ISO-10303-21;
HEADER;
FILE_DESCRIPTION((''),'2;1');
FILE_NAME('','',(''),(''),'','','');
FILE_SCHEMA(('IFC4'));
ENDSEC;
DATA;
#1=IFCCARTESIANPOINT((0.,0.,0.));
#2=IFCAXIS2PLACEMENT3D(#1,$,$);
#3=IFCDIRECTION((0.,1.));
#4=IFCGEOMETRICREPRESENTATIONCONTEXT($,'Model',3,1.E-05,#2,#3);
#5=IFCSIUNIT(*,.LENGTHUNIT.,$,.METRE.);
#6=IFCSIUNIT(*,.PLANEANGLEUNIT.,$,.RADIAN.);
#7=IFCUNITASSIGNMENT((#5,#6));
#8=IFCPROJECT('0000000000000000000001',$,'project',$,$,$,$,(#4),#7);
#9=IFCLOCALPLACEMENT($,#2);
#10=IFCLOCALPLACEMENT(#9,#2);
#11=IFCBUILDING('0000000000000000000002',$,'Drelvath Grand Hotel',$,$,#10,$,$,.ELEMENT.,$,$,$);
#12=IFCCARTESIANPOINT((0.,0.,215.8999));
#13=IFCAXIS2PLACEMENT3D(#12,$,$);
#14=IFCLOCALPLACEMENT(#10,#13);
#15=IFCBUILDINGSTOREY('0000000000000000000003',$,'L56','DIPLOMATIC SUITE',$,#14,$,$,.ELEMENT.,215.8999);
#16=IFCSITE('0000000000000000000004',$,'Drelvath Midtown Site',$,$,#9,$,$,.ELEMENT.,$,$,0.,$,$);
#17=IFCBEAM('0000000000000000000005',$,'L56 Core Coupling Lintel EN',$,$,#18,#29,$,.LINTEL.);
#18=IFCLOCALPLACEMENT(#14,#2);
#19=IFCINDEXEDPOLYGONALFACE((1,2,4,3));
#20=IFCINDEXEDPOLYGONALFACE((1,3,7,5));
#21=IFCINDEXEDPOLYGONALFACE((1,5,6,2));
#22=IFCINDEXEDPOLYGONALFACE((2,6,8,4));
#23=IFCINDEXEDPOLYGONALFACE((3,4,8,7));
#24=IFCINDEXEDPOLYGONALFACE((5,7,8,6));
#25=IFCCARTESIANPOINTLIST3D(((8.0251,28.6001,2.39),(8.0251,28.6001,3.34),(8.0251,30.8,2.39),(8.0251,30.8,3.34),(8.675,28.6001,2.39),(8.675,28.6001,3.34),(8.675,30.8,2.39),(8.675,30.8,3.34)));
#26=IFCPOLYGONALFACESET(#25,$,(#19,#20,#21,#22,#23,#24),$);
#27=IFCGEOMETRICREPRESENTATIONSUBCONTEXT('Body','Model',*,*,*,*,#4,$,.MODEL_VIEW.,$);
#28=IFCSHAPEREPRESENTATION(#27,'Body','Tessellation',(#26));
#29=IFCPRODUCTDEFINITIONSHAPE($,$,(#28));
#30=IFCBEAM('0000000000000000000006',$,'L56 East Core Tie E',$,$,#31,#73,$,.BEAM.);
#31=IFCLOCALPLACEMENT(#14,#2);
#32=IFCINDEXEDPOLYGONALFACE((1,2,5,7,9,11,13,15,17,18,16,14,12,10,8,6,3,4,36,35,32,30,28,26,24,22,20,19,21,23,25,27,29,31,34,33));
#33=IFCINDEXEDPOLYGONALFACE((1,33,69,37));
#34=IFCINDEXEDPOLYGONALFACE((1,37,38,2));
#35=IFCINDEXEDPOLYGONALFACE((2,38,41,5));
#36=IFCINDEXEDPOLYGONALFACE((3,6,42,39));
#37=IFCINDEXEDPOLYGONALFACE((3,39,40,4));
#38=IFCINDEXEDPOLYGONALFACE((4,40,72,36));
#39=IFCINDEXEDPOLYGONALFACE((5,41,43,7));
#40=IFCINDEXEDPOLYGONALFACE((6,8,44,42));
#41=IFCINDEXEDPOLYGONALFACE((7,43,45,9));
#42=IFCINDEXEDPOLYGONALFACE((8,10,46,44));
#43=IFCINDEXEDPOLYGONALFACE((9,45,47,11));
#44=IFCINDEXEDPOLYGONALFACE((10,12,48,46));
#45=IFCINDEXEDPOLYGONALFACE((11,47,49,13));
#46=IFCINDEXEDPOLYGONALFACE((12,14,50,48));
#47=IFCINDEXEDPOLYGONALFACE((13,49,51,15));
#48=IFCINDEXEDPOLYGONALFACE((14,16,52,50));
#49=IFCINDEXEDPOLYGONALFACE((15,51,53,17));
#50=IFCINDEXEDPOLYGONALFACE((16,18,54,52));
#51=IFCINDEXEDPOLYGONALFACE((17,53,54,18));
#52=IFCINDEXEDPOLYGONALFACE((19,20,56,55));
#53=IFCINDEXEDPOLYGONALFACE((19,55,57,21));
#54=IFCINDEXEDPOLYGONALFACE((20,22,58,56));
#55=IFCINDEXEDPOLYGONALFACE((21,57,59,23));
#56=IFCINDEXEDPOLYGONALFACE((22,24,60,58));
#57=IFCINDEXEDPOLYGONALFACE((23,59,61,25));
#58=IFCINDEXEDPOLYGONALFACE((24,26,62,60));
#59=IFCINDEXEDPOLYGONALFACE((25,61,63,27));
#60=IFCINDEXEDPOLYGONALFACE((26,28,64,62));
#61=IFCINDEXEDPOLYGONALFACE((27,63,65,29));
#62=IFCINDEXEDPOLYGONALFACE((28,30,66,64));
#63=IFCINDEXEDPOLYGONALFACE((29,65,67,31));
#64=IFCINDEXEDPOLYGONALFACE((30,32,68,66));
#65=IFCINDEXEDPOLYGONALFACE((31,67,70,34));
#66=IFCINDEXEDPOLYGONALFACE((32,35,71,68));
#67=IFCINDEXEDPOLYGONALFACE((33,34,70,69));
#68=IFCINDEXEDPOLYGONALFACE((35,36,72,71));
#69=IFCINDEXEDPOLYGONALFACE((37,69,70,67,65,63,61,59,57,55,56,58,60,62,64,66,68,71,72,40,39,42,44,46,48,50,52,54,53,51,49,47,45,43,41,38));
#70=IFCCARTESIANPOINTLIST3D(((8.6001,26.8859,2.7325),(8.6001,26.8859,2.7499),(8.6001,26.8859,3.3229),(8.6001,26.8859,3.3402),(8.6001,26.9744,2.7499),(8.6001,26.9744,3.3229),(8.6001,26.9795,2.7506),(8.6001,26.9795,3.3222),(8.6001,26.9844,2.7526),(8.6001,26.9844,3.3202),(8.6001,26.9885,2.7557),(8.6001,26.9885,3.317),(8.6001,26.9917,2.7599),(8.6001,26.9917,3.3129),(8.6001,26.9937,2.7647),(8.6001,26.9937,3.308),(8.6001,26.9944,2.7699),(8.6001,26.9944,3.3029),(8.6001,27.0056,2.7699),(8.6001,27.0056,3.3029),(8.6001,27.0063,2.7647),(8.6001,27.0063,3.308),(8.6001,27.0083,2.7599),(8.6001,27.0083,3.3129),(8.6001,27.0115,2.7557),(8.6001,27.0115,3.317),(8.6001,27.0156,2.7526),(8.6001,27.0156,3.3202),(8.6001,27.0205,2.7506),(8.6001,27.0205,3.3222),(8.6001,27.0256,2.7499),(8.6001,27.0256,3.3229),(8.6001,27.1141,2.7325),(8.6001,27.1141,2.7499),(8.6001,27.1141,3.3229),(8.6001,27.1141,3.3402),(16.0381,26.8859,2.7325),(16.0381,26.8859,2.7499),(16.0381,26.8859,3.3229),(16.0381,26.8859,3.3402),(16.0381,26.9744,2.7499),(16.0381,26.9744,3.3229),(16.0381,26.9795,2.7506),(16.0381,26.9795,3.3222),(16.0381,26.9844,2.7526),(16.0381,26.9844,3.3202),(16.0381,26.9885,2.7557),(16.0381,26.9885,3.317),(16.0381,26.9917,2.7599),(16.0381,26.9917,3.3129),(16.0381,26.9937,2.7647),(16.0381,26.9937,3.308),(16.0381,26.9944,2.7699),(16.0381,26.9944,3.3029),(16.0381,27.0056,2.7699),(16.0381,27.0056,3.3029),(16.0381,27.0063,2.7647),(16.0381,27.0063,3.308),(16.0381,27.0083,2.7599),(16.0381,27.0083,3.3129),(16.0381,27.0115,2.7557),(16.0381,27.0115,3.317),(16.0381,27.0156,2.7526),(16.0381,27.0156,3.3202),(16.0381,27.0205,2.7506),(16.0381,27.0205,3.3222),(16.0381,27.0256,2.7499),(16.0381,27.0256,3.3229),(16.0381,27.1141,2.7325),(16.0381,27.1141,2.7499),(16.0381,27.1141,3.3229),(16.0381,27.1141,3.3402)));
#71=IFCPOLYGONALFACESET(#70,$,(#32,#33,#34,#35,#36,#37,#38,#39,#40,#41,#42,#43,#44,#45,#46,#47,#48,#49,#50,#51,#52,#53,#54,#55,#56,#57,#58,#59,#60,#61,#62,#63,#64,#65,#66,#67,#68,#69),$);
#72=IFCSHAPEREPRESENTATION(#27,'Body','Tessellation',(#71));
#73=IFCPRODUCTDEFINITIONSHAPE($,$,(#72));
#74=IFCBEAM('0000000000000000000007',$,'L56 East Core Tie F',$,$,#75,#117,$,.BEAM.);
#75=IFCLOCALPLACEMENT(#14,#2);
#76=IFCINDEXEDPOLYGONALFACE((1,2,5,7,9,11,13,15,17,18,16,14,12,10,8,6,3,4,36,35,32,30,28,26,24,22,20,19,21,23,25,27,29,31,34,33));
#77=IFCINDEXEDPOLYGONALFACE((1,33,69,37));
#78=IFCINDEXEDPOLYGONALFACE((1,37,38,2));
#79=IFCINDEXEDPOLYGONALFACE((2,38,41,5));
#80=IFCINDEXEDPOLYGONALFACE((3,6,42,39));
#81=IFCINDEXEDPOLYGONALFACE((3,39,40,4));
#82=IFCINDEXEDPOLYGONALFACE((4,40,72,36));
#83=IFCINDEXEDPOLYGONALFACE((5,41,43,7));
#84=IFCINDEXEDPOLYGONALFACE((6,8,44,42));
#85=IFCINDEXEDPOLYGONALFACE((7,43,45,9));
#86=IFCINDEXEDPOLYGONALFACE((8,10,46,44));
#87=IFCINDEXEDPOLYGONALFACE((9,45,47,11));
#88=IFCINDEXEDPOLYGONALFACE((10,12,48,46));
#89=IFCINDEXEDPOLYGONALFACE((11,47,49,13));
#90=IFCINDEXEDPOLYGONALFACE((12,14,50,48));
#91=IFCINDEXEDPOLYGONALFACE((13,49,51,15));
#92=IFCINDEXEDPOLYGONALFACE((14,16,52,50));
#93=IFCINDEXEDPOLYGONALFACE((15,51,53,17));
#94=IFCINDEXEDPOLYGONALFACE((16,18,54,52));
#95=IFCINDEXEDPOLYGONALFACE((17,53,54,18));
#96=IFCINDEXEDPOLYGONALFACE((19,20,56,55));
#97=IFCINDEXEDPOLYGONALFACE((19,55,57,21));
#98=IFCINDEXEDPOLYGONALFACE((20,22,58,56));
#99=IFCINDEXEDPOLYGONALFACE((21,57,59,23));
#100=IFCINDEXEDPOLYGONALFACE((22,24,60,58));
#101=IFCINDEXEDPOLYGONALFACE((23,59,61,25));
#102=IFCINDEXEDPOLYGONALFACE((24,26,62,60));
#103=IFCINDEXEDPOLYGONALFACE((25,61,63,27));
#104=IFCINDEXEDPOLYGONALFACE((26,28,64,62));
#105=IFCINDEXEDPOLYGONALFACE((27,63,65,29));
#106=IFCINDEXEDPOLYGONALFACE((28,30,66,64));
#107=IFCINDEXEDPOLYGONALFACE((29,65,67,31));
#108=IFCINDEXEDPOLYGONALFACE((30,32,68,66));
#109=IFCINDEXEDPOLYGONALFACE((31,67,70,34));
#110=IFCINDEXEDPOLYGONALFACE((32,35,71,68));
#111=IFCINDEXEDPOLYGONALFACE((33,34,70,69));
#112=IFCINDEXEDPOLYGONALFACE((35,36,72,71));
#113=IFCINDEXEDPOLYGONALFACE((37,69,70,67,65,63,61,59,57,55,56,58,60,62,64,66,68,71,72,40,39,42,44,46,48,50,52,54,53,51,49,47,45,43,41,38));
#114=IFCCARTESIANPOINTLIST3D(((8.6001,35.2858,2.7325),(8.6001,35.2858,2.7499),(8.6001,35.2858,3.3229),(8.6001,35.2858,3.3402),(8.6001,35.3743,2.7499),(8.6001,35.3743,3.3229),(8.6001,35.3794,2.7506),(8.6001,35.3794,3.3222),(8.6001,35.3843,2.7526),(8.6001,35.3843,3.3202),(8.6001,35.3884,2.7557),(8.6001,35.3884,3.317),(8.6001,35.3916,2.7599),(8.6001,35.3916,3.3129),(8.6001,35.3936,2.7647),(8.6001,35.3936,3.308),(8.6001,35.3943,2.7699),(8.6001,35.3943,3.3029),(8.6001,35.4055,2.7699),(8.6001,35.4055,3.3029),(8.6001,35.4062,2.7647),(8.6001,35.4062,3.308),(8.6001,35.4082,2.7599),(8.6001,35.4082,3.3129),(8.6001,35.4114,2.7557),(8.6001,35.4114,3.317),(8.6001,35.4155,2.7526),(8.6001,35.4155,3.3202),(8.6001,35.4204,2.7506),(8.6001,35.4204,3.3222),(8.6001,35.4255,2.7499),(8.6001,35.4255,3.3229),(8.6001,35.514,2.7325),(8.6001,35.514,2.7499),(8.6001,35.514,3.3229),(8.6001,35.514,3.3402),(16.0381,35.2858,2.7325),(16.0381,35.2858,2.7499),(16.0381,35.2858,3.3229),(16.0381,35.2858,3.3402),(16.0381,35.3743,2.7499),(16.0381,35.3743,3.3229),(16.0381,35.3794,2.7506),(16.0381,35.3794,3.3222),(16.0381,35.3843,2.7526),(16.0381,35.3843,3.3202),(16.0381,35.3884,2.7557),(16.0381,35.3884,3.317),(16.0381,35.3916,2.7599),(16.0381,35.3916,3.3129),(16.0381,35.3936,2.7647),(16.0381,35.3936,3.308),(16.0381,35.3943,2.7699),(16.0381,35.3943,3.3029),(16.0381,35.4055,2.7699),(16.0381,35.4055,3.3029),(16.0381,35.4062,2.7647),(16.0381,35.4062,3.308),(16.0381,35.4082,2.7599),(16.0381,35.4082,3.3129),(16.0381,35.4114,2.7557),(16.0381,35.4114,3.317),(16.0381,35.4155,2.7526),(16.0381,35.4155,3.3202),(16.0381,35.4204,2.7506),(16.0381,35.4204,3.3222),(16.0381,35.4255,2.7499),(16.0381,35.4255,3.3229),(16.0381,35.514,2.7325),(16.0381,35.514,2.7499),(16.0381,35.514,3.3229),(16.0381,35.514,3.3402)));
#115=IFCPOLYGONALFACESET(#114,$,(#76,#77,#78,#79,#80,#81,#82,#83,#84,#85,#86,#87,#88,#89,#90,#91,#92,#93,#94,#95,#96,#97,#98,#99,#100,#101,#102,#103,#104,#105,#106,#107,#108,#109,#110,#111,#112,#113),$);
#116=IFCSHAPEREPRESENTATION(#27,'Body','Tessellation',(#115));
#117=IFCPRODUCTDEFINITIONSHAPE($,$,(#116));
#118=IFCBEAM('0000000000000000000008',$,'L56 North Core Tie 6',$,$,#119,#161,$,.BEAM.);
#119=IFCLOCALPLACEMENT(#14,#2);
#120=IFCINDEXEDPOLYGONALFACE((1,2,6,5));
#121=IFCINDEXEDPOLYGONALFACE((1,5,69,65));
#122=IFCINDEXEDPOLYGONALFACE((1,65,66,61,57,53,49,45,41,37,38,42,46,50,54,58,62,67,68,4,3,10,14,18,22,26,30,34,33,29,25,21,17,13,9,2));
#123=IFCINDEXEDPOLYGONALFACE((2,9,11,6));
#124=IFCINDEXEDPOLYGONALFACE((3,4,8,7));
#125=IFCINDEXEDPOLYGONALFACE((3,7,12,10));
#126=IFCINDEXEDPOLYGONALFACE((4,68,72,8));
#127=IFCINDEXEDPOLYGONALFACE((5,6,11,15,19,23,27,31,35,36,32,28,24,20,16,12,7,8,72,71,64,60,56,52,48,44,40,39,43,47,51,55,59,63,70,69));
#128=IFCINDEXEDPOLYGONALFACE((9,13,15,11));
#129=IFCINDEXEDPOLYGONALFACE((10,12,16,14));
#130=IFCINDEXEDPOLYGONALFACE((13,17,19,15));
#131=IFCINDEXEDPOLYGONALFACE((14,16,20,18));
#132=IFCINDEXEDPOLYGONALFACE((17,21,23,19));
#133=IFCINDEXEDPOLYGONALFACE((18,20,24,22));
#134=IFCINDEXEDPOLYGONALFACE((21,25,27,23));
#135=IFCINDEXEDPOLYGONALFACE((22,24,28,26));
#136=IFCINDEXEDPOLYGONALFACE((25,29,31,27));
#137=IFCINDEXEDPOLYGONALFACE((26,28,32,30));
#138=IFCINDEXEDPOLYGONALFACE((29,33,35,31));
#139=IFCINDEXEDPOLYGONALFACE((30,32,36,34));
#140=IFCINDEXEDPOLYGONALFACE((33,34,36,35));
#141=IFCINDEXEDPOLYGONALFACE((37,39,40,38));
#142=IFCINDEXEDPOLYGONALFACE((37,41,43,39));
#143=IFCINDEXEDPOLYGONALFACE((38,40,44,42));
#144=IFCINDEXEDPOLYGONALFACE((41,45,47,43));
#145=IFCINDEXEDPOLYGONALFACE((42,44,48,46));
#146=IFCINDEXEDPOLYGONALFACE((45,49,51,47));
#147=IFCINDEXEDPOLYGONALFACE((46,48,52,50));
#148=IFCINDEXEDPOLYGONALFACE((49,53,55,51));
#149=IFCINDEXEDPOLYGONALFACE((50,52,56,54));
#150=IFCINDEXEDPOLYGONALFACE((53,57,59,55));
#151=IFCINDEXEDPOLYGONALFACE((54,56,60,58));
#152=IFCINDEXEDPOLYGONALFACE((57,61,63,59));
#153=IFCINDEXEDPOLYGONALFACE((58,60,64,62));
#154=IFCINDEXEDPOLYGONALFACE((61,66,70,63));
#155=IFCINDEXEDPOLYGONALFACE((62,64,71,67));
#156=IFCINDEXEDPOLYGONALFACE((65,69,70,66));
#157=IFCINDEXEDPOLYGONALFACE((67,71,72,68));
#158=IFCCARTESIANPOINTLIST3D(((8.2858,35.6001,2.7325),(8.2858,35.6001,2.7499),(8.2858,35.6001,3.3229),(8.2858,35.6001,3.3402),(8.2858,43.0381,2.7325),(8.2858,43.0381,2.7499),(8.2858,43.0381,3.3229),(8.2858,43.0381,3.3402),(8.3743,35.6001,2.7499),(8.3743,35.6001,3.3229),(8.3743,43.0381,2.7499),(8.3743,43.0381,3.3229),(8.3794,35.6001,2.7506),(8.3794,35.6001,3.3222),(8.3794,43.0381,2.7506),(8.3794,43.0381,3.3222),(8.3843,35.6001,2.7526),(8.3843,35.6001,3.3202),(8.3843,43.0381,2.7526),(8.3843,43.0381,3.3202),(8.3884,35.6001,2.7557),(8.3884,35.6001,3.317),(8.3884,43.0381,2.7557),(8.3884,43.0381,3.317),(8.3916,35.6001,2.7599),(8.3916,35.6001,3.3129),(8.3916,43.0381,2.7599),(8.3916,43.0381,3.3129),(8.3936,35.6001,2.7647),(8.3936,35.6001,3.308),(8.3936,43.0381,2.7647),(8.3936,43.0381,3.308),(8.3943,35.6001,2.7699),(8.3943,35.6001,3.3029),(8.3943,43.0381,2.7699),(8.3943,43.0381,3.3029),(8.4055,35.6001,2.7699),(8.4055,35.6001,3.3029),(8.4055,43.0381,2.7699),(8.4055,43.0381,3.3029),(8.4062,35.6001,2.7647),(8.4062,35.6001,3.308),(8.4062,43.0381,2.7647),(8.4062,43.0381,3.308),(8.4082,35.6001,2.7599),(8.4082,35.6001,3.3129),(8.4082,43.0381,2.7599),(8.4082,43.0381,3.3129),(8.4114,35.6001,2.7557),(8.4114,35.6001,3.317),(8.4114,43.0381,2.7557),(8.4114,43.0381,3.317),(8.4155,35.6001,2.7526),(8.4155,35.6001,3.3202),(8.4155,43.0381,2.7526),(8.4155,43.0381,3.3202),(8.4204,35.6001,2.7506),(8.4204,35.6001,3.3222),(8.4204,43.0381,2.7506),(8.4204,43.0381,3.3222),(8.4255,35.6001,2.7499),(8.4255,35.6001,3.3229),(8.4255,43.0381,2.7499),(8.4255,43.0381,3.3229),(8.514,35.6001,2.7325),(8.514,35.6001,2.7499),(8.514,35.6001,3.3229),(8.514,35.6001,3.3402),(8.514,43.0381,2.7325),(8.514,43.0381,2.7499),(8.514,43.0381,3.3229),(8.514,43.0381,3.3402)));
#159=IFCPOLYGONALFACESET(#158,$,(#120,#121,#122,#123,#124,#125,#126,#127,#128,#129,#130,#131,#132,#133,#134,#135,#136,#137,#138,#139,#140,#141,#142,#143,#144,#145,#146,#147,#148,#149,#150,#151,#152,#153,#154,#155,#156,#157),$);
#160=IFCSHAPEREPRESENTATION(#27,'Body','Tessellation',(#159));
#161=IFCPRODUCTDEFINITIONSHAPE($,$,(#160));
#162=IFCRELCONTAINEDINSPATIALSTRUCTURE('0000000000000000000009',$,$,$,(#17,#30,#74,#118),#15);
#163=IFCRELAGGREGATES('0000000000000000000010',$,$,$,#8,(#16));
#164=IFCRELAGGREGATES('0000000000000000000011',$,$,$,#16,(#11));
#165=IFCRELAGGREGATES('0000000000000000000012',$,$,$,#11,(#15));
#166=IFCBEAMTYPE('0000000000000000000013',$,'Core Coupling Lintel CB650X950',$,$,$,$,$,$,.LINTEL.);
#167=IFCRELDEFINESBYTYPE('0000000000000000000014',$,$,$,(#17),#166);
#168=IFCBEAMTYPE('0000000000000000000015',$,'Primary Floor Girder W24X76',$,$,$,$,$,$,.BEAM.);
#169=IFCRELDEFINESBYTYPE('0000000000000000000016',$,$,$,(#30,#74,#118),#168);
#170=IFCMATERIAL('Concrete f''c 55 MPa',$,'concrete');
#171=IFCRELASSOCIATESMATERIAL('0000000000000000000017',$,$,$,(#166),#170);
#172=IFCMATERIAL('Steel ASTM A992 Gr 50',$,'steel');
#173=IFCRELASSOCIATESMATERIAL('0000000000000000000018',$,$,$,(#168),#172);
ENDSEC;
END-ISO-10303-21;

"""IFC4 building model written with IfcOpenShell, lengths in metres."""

from ifc_helpers import new_model, si_unit, direction, frame, origin, origin_2d, place, context, subcontext, project, spatial, rectangle, i_section, extrude, material, material_profile, profile_set, type_object, element, save


model = new_model("IFC4")

# Units and contexts
model_context = context("Model", 3, precision=1e-05, world=origin(), true_north=direction((0.0, 1.0)))
body_context = subcontext(model_context, "Body", "Model", "MODEL_VIEW")
ifc_project = project(units=[si_unit("LENGTHUNIT", "METRE"), si_unit("PLANEANGLEUNIT", "RADIAN")], contexts=[model_context])

# Site, building, storey
site_placement = place(None, origin())
site = spatial("IfcSite", under=ifc_project, at=site_placement, Name="Drelvath Midtown Site", CompositionType="ELEMENT", RefElevation=0.0)
building_placement = place(site_placement, origin())
building = spatial("IfcBuilding", under=site, at=building_placement, Name="Drelvath Grand Hotel", CompositionType="ELEMENT")
storey_placement = place(building_placement, frame((0.0, 0.0, 215.8999)))
storey = spatial("IfcBuildingStorey", under=building, at=storey_placement, Name="L56", Description="DIPLOMATIC SUITE", CompositionType="ELEMENT", Elevation=215.8999)

# Beams
ifc_material_1 = material(Name="Concrete f'c 55 MPa", Category="concrete")
ifc_material_profile_1 = material_profile(ifc_material_1, rectangle(XDim=0.6499, YDim=0.95, at=origin_2d()), Name="CB650X950")
ifc_profile_set_1 = profile_set([ifc_material_profile_1], Name="Concrete f'c 55 MPa")
beam_type_1 = type_object("IfcBeamType", Name="Core Coupling Lintel CB650X950", PredefinedType="LINTEL", material=ifc_profile_set_1)
beam_placement = place(storey_placement, frame((8.3501, 28.6001, 2.865), z_axis=(0.0, 1.0, 0.0), x_axis=(-1.0, 0.0, 0.0)))
element("IfcBeam", 1, at=beam_placement, inside=storey, type_object=beam_type_1, Name="L56 Core Coupling Lintel EN", PredefinedType="LINTEL", context=body_context, shape_type="SweptSolid", body=[
    extrude(rectangle(XDim=0.6499, YDim=0.95, at=origin_2d()), origin(), (0.0, 0.0, 1.0), 2.2),
])
ifc_material_2 = material(Name="Steel ASTM A992 Gr 50", Category="steel")
ifc_material_profile_2 = material_profile(ifc_material_2, i_section(OverallWidth=0.2283, OverallDepth=0.6077, WebThickness=0.0112, FlangeThickness=0.0173, FilletRadius=0.02, at=origin_2d()), Name="W24X76")
ifc_profile_set_2 = profile_set([ifc_material_profile_2], Name="Steel ASTM A992 Gr 50")
beam_type_2 = type_object("IfcBeamType", Name="Primary Floor Girder W24X76", PredefinedType="BEAM", material=ifc_profile_set_2)
for number, where, z_axis, x_axis, name in (
    (2, (8.6001, 27.0, 3.0364), (1.0, 0.0, 0.0), (0.0, 1.0, 0.0), "L56 East Core Tie E"),
    (3, (8.6001, 35.3999, 3.0364), (1.0, 0.0, 0.0), (0.0, 1.0, 0.0), "L56 East Core Tie F"),
    (4, (8.3999, 35.6001, 3.0364), (0.0, 1.0, 0.0), (-1.0, 0.0, 0.0), "L56 North Core Tie 6"),
):
    element("IfcBeam", number, at=place(storey_placement, frame(where, z_axis=z_axis, x_axis=x_axis)), inside=storey, type_object=beam_type_2, Name=name, PredefinedType="BEAM", context=body_context, shape_type="SweptSolid", body=[
        extrude(i_section(OverallWidth=0.2283, OverallDepth=0.6077, WebThickness=0.0112, FlangeThickness=0.0173, FilletRadius=0.02, at=origin_2d()), origin(), (0.0, 0.0, 1.0), 7.438),
    ])

save(model, "model.ifc")
